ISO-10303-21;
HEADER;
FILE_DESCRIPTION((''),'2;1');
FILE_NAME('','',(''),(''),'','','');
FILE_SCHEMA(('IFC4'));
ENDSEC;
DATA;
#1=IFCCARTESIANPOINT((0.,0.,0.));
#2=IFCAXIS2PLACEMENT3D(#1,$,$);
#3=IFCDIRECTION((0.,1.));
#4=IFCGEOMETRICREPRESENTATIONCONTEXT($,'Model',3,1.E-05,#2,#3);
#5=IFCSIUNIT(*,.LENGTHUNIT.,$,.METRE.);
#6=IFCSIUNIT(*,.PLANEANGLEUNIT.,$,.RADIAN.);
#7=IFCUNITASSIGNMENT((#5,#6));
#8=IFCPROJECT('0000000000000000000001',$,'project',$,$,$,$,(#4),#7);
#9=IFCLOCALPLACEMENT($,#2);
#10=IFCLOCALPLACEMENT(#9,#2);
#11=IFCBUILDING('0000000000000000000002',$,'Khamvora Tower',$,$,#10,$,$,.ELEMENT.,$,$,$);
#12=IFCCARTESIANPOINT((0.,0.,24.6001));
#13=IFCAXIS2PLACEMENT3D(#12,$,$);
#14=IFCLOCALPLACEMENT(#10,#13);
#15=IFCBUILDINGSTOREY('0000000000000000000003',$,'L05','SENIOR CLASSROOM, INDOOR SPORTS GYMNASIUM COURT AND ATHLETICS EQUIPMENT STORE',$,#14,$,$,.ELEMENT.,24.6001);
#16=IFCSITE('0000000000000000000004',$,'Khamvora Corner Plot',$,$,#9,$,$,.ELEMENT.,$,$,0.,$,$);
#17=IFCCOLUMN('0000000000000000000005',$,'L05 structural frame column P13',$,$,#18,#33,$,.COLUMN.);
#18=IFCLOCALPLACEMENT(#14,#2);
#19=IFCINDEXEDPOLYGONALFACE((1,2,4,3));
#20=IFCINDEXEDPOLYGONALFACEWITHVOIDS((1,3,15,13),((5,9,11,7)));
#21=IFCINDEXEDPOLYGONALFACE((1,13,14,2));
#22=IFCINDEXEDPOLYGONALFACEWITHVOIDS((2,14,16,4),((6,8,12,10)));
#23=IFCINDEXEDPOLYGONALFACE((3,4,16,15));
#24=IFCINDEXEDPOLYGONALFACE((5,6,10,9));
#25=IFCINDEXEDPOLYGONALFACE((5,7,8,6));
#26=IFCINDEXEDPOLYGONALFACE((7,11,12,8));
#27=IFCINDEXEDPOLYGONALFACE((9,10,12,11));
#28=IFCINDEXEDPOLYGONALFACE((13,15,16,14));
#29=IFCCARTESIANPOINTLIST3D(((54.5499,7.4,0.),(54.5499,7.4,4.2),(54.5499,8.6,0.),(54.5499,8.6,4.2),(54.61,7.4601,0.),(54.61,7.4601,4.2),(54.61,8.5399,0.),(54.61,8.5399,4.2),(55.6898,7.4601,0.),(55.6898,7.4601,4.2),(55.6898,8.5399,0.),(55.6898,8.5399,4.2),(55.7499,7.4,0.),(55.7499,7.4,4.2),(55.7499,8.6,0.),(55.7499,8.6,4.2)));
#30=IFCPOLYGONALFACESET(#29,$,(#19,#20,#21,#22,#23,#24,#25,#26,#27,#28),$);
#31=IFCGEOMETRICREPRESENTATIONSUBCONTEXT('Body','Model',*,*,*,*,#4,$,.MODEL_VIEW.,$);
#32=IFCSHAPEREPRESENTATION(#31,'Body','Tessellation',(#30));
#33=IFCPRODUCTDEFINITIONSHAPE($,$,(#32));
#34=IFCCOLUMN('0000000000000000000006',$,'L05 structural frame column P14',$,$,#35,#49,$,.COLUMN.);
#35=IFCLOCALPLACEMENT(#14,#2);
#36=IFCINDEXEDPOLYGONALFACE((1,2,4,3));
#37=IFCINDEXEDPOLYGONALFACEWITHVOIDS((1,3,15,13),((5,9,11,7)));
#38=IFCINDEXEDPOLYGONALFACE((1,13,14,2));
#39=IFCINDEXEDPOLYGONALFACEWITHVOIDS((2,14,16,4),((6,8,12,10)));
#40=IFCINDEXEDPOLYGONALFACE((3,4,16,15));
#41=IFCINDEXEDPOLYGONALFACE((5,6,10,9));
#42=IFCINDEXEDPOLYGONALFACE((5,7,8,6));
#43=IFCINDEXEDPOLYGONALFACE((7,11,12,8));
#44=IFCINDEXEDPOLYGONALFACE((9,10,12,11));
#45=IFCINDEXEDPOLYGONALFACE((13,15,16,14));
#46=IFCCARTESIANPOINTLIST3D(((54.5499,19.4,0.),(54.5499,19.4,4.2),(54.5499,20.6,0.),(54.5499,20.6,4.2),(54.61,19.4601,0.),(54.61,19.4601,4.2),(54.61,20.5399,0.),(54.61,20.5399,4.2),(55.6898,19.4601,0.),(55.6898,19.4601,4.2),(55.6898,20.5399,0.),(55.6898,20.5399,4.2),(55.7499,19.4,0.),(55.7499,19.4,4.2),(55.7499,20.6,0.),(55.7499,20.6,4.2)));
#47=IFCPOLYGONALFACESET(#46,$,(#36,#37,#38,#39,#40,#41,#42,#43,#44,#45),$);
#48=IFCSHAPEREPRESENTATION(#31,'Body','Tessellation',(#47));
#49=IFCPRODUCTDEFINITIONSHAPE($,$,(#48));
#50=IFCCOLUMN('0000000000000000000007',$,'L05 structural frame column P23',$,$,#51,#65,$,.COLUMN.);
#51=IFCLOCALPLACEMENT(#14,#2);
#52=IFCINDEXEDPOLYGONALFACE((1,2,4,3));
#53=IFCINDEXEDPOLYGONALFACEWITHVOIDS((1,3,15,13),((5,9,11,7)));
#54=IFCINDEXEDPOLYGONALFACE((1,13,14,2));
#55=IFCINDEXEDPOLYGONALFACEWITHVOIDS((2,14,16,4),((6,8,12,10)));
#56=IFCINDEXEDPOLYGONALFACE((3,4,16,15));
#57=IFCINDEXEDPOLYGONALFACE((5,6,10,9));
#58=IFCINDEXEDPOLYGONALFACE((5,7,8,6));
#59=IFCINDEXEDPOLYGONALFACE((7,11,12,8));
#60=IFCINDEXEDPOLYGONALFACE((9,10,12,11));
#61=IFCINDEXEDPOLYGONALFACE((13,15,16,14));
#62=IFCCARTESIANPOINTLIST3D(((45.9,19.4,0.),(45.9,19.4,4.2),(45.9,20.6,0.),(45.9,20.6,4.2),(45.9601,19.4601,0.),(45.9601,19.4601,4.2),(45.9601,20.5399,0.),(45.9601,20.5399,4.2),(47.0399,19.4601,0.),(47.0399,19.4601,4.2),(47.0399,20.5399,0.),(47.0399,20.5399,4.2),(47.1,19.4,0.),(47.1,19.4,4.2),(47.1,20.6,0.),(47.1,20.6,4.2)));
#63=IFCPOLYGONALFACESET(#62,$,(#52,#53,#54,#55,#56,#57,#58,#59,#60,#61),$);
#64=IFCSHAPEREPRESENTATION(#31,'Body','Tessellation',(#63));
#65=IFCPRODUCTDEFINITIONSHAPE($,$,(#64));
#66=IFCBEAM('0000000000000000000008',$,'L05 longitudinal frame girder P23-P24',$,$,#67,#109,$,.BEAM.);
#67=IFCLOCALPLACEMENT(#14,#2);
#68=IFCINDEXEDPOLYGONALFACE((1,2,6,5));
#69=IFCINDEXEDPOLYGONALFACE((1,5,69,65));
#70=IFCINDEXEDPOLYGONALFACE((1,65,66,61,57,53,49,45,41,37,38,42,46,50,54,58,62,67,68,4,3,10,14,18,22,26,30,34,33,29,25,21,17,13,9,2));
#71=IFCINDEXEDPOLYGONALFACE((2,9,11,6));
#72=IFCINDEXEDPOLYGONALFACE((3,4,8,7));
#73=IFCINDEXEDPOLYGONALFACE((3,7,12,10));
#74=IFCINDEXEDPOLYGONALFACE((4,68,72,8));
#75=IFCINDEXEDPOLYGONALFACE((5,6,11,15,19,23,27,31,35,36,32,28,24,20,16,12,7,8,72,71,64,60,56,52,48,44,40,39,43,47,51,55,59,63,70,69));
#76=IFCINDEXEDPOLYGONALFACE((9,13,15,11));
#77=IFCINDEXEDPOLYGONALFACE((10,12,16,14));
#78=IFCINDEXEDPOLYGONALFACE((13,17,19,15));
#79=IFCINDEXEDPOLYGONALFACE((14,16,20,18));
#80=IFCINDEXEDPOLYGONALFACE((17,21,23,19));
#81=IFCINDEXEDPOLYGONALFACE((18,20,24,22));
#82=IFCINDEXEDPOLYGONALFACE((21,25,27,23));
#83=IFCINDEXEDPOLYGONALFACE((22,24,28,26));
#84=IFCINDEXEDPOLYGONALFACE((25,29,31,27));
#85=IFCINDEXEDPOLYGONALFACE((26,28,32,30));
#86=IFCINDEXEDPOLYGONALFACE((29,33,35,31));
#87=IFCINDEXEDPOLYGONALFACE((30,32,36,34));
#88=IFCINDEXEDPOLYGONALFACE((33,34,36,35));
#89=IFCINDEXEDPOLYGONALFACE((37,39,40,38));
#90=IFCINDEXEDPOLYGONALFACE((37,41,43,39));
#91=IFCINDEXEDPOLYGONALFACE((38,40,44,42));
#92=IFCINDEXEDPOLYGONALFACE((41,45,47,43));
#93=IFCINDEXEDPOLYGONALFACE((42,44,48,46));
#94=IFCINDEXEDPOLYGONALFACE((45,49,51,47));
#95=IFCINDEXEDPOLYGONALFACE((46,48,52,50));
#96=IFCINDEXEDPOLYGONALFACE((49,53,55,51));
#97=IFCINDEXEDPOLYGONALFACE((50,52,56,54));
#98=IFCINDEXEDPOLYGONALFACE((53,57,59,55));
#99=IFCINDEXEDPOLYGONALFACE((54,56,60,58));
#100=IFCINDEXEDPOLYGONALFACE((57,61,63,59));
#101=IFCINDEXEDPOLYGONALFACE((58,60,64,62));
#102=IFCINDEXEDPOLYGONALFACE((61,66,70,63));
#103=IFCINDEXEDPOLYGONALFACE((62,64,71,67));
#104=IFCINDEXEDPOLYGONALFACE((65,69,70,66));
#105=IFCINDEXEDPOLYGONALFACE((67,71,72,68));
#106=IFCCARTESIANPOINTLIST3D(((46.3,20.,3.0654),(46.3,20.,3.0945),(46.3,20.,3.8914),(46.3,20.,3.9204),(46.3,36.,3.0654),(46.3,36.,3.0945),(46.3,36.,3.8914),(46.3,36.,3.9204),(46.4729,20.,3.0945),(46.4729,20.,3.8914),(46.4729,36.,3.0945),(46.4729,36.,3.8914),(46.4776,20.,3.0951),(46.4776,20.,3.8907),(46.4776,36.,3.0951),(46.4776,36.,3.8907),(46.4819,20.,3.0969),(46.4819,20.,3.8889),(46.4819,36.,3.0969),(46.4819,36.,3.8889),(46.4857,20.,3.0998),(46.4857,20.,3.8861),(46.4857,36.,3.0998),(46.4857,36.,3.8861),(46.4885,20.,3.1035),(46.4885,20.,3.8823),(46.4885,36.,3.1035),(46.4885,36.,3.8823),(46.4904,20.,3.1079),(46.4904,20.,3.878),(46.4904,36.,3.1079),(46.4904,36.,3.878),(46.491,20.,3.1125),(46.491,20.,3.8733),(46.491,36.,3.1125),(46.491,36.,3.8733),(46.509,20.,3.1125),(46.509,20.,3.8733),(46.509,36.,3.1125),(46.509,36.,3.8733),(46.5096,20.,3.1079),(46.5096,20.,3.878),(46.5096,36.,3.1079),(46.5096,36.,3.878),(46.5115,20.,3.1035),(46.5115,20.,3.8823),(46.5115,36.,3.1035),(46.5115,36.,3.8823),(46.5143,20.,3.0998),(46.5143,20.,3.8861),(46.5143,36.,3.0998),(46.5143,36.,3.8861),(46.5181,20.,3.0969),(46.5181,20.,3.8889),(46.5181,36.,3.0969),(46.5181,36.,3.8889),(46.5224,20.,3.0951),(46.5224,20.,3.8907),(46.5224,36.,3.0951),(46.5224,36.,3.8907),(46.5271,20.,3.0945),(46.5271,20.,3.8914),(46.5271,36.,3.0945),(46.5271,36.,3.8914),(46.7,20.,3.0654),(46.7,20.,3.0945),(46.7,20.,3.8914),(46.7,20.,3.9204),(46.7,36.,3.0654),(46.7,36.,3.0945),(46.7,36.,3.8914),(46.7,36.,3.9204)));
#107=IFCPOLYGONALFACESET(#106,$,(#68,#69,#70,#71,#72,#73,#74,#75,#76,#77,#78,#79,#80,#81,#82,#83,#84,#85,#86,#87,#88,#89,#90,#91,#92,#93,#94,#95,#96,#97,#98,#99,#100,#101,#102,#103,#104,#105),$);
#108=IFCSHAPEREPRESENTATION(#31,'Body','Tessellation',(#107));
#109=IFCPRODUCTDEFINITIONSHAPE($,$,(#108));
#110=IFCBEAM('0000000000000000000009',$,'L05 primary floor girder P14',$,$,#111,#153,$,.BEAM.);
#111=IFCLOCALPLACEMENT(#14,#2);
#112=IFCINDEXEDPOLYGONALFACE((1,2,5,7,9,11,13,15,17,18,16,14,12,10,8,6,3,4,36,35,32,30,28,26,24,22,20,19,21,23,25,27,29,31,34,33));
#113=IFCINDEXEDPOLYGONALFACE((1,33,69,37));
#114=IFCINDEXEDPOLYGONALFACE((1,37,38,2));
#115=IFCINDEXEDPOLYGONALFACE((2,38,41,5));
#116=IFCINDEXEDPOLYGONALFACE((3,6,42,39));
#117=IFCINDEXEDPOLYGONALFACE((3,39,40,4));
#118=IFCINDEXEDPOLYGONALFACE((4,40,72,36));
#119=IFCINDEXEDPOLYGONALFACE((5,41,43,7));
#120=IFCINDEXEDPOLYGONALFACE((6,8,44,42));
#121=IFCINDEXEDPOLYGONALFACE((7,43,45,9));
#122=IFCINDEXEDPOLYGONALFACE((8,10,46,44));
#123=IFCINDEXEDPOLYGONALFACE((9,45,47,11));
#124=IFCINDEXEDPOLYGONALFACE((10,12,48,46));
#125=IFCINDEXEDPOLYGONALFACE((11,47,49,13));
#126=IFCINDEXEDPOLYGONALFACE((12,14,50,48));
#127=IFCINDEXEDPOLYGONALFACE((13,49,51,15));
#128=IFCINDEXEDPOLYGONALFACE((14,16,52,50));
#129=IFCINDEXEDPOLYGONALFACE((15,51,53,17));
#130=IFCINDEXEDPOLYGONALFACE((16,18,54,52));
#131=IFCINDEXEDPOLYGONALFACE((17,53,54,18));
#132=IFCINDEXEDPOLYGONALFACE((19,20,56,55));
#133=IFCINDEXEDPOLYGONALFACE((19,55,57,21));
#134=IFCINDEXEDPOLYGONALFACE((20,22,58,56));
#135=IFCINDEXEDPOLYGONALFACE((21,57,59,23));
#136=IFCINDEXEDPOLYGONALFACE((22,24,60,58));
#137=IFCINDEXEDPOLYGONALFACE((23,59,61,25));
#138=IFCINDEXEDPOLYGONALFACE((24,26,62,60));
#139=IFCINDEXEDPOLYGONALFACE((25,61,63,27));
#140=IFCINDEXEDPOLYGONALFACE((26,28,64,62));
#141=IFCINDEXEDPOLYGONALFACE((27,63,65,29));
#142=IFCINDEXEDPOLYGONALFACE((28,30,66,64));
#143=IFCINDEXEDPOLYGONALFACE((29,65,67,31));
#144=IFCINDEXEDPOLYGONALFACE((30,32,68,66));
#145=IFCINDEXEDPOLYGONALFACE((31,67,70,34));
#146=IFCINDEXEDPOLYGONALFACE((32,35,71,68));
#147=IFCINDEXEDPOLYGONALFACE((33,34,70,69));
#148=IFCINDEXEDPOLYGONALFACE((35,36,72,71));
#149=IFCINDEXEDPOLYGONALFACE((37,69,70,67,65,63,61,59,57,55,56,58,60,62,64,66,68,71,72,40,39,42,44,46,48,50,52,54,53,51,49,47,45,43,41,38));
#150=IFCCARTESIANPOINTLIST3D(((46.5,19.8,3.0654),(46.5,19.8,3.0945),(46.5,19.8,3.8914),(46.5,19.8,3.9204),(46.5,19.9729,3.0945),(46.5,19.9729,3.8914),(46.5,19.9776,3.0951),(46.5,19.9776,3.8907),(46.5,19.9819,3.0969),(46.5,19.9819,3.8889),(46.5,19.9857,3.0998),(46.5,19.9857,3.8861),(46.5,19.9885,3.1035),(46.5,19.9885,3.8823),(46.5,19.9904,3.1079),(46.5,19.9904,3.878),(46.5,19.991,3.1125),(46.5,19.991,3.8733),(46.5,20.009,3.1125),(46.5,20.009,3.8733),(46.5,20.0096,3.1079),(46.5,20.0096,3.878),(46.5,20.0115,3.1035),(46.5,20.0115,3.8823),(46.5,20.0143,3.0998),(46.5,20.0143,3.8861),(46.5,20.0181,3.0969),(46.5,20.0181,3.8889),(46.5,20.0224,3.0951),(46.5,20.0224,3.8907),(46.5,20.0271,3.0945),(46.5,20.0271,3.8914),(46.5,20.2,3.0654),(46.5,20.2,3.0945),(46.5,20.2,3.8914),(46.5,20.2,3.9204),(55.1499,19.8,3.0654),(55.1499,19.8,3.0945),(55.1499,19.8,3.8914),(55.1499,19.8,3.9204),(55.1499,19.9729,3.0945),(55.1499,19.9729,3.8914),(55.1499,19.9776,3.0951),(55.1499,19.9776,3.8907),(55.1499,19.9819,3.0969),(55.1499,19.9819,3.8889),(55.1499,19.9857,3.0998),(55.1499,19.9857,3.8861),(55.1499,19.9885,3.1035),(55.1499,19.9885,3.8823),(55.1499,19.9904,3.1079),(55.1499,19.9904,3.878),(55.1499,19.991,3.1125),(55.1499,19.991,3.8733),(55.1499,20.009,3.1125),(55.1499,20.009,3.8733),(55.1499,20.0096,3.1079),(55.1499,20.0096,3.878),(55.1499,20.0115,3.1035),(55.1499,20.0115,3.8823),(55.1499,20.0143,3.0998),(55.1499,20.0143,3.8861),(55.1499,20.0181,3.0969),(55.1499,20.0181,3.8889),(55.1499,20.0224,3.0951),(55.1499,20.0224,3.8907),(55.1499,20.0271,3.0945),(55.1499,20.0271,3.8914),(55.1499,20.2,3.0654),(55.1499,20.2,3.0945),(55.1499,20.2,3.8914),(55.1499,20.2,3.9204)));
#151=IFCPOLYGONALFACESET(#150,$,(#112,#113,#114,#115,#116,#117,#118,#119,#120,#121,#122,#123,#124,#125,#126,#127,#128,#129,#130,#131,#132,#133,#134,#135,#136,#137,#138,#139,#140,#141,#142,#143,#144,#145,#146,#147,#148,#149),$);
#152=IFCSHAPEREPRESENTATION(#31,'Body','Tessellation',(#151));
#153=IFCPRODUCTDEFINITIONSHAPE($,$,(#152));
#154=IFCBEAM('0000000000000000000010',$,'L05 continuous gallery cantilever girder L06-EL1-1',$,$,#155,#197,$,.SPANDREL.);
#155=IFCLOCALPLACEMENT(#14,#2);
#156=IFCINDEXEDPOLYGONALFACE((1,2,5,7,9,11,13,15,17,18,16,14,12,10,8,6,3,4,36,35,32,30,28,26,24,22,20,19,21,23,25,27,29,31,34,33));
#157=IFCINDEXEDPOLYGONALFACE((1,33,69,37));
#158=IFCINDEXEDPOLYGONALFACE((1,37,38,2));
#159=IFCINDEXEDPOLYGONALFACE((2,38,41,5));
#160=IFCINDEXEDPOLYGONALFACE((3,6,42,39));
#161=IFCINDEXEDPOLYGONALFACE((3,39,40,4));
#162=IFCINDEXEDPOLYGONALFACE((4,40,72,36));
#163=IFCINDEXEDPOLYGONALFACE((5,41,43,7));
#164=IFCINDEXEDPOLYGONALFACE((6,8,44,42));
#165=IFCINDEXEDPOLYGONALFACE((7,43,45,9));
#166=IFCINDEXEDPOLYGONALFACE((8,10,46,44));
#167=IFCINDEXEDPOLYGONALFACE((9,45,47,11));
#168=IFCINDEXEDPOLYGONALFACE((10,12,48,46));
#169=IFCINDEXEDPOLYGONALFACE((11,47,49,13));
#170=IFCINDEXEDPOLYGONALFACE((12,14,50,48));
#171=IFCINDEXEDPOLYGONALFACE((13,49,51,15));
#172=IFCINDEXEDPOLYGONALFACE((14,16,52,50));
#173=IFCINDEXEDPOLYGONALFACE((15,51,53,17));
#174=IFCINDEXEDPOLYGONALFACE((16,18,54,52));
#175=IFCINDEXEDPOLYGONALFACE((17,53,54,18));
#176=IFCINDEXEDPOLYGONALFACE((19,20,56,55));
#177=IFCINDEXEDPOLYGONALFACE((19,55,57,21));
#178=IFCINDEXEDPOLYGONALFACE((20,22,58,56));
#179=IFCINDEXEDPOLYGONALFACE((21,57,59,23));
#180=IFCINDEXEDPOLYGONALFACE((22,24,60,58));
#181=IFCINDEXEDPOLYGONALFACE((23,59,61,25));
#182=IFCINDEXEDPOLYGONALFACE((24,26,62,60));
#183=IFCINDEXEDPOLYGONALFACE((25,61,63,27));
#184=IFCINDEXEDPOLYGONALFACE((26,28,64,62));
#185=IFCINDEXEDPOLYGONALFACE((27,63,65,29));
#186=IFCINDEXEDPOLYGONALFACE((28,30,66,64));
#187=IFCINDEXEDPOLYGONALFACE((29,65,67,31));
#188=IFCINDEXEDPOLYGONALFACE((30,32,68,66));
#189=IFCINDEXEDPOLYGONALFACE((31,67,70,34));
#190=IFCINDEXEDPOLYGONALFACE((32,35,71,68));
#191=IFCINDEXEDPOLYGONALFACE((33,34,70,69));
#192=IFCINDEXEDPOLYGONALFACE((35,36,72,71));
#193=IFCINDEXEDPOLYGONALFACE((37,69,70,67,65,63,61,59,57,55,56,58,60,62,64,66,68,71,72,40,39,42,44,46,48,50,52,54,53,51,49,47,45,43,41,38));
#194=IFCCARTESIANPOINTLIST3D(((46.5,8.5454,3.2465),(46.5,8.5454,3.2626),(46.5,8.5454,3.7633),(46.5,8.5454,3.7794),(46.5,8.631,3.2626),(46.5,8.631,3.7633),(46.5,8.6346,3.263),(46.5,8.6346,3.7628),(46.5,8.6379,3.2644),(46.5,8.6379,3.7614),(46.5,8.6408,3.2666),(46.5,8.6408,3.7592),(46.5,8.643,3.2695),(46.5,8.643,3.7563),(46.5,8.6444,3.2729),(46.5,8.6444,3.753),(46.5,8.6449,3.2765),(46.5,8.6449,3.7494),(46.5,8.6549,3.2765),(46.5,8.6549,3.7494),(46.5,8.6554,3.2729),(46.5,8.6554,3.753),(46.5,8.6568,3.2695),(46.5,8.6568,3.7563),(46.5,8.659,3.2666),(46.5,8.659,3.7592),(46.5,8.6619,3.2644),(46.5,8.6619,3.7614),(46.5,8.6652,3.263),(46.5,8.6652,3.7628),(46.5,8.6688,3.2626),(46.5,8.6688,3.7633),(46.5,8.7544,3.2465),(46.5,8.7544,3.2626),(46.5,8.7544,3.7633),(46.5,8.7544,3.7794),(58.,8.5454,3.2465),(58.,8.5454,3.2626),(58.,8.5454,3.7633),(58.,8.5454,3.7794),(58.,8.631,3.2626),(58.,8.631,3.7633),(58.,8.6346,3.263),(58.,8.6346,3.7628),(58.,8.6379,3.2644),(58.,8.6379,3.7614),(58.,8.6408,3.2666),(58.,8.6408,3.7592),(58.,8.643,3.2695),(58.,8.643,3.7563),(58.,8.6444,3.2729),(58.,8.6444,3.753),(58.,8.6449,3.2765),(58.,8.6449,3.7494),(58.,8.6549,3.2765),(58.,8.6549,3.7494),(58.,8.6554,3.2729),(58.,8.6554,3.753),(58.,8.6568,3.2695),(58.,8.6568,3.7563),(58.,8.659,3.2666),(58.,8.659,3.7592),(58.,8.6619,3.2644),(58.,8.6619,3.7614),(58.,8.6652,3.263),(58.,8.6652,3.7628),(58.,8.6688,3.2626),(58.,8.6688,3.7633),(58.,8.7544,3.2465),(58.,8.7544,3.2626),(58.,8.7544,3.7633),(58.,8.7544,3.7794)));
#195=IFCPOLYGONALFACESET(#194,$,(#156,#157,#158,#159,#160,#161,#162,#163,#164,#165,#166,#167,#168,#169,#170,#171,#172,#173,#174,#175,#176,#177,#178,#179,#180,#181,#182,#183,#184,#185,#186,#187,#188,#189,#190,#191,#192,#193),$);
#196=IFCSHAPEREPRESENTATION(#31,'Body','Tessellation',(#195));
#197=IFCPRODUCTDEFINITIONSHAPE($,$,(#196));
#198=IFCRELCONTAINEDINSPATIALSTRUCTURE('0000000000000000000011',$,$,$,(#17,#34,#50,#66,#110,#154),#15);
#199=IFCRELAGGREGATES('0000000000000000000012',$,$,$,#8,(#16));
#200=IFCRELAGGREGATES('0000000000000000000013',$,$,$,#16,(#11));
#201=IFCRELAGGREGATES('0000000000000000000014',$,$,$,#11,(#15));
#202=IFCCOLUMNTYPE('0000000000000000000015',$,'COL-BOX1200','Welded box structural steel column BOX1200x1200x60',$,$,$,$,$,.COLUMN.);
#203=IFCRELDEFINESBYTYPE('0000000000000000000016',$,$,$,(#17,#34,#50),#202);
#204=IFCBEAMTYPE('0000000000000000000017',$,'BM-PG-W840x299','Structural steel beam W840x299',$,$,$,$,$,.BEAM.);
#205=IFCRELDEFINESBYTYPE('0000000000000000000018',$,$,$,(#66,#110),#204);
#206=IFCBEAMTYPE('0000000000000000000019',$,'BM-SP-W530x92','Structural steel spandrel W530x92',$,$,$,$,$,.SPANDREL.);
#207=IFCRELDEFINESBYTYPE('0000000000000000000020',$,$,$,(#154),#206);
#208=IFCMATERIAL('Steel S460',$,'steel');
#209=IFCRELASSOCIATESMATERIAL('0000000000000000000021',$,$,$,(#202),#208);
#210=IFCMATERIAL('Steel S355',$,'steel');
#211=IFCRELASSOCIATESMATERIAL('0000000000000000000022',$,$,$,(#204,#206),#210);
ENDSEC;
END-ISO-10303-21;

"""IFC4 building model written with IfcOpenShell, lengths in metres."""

from ifc_helpers import new_model, si_unit, direction, frame, origin, origin_2d, place, context, subcontext, project, spatial, hollow_rectangle, i_section, extrude, material, material_profile, profile_set, type_object, element, save


model = new_model("IFC4")

# Units and contexts
model_context = context("Model", 3, precision=1e-05, world=origin(), true_north=direction((0.0, 1.0)))
body_context = subcontext(model_context, "Body", "Model", "MODEL_VIEW")
ifc_project = project(units=[si_unit("LENGTHUNIT", "METRE"), si_unit("PLANEANGLEUNIT", "RADIAN")], contexts=[model_context])

# Site, building, storey
site_placement = place(None, origin())
site = spatial("IfcSite", under=ifc_project, at=site_placement, Name="Khamvora Corner Plot", CompositionType="ELEMENT", RefElevation=0.0)
building_placement = place(site_placement, origin())
building = spatial("IfcBuilding", under=site, at=building_placement, Name="Khamvora Tower", CompositionType="ELEMENT")
storey_placement = place(building_placement, frame((0.0, 0.0, 24.6001)))
storey = spatial("IfcBuildingStorey", under=building, at=storey_placement, Name="L05", Description="SENIOR CLASSROOM, INDOOR SPORTS GYMNASIUM COURT AND ATHLETICS EQUIPMENT STORE", CompositionType="ELEMENT", Elevation=24.6001)

# Columns
ifc_material_1 = material(Name="Steel S460", Category="steel")
ifc_material_profile_1 = material_profile(ifc_material_1, hollow_rectangle(XDim=1.2, YDim=1.2, WallThickness=0.0601, at=origin_2d()), Name="BOX1200x1200x60")
ifc_profile_set_1 = profile_set([ifc_material_profile_1], Name="Steel S460")
column_type = type_object("IfcColumnType", Name="COL-BOX1200", Description="Welded box structural steel column BOX1200x1200x60", PredefinedType="COLUMN", material=ifc_profile_set_1)
for number, where, z_axis, x_axis, name in (
    (1, (55.1499, 8.0, 0.0), (0.0, 0.0, 1.0), (1.0, 0.0, 0.0), "L05 structural frame column P13"),
    (2, (55.1499, 20.0, 0.0), (0.0, 0.0, 1.0), (1.0, 0.0, 0.0), "L05 structural frame column P14"),
    (3, (46.5, 20.0, 0.0), (0.0, 0.0, 1.0), (1.0, 0.0, 0.0), "L05 structural frame column P23"),
):
    element("IfcColumn", number, at=place(storey_placement, frame(where, z_axis=z_axis, x_axis=x_axis)), inside=storey, type_object=column_type, Name=name, PredefinedType="COLUMN", context=body_context, shape_type="SweptSolid", body=[
        extrude(hollow_rectangle(XDim=1.2, YDim=1.2, WallThickness=0.0601, at=origin_2d()), origin(), (0.0, 0.0, 1.0), 4.2),
    ])

# Beams
ifc_material_2 = material(Name="Steel S355", Category="steel")
ifc_material_profile_2 = material_profile(ifc_material_2, i_section(OverallWidth=0.3999, OverallDepth=0.855, WebThickness=0.0181, FlangeThickness=0.0291, FilletRadius=0.0181, at=origin_2d()), Name="W840x299")
ifc_profile_set_2 = profile_set([ifc_material_profile_2], Name="Steel S355")
beam_type_1 = type_object("IfcBeamType", Name="BM-PG-W840x299", Description="Structural steel beam W840x299", PredefinedType="BEAM", material=ifc_profile_set_2)
beam_1_placement = place(storey_placement, frame((46.5, 20.0, 3.4929), z_axis=(0.0, 1.0, 0.0), x_axis=(-1.0, 0.0, 0.0)))
element("IfcBeam", 4, at=beam_1_placement, inside=storey, type_object=beam_type_1, Name="L05 longitudinal frame girder P23-P24", PredefinedType="BEAM", context=body_context, shape_type="SweptSolid", body=[
    extrude(i_section(OverallWidth=0.3999, OverallDepth=0.855, WebThickness=0.0181, FlangeThickness=0.0291, FilletRadius=0.0181, at=origin_2d()), origin(), (0.0, 0.0, 1.0), 16.0),
])
beam_2_placement = place(storey_placement, frame((46.5, 20.0, 3.4929), z_axis=(1.0, 0.0, 0.0), x_axis=(0.0, 1.0, 0.0)))
element("IfcBeam", 5, at=beam_2_placement, inside=storey, type_object=beam_type_1, Name="L05 primary floor girder P14", PredefinedType="BEAM", context=body_context, shape_type="SweptSolid", body=[
    extrude(i_section(OverallWidth=0.3999, OverallDepth=0.855, WebThickness=0.0181, FlangeThickness=0.0291, FilletRadius=0.0181, at=origin_2d()), origin(), (0.0, 0.0, 1.0), 8.6499),
])
ifc_material_profile_3 = material_profile(ifc_material_2, i_section(OverallWidth=0.209, OverallDepth=0.533, WebThickness=0.01, FlangeThickness=0.0161, FilletRadius=0.0139, at=origin_2d()), Name="W530x92")
ifc_profile_set_3 = profile_set([ifc_material_profile_3], Name="Steel S355")
beam_type_2 = type_object("IfcBeamType", Name="BM-SP-W530x92", Description="Structural steel spandrel W530x92", PredefinedType="SPANDREL", material=ifc_profile_set_3)
beam_3_placement = place(storey_placement, frame((46.5, 8.6499, 3.5129), z_axis=(1.0, 0.0, 0.0), x_axis=(0.0, 1.0, 0.0)))
element("IfcBeam", 6, at=beam_3_placement, inside=storey, type_object=beam_type_2, Name="L05 continuous gallery cantilever girder L06-EL1-1", PredefinedType="SPANDREL", context=body_context, shape_type="SweptSolid", body=[
    extrude(i_section(OverallWidth=0.209, OverallDepth=0.533, WebThickness=0.01, FlangeThickness=0.0161, FilletRadius=0.0139, at=origin_2d()), origin(), (0.0, 0.0, 1.0), 11.5),
])

save(model, "model.ifc")
